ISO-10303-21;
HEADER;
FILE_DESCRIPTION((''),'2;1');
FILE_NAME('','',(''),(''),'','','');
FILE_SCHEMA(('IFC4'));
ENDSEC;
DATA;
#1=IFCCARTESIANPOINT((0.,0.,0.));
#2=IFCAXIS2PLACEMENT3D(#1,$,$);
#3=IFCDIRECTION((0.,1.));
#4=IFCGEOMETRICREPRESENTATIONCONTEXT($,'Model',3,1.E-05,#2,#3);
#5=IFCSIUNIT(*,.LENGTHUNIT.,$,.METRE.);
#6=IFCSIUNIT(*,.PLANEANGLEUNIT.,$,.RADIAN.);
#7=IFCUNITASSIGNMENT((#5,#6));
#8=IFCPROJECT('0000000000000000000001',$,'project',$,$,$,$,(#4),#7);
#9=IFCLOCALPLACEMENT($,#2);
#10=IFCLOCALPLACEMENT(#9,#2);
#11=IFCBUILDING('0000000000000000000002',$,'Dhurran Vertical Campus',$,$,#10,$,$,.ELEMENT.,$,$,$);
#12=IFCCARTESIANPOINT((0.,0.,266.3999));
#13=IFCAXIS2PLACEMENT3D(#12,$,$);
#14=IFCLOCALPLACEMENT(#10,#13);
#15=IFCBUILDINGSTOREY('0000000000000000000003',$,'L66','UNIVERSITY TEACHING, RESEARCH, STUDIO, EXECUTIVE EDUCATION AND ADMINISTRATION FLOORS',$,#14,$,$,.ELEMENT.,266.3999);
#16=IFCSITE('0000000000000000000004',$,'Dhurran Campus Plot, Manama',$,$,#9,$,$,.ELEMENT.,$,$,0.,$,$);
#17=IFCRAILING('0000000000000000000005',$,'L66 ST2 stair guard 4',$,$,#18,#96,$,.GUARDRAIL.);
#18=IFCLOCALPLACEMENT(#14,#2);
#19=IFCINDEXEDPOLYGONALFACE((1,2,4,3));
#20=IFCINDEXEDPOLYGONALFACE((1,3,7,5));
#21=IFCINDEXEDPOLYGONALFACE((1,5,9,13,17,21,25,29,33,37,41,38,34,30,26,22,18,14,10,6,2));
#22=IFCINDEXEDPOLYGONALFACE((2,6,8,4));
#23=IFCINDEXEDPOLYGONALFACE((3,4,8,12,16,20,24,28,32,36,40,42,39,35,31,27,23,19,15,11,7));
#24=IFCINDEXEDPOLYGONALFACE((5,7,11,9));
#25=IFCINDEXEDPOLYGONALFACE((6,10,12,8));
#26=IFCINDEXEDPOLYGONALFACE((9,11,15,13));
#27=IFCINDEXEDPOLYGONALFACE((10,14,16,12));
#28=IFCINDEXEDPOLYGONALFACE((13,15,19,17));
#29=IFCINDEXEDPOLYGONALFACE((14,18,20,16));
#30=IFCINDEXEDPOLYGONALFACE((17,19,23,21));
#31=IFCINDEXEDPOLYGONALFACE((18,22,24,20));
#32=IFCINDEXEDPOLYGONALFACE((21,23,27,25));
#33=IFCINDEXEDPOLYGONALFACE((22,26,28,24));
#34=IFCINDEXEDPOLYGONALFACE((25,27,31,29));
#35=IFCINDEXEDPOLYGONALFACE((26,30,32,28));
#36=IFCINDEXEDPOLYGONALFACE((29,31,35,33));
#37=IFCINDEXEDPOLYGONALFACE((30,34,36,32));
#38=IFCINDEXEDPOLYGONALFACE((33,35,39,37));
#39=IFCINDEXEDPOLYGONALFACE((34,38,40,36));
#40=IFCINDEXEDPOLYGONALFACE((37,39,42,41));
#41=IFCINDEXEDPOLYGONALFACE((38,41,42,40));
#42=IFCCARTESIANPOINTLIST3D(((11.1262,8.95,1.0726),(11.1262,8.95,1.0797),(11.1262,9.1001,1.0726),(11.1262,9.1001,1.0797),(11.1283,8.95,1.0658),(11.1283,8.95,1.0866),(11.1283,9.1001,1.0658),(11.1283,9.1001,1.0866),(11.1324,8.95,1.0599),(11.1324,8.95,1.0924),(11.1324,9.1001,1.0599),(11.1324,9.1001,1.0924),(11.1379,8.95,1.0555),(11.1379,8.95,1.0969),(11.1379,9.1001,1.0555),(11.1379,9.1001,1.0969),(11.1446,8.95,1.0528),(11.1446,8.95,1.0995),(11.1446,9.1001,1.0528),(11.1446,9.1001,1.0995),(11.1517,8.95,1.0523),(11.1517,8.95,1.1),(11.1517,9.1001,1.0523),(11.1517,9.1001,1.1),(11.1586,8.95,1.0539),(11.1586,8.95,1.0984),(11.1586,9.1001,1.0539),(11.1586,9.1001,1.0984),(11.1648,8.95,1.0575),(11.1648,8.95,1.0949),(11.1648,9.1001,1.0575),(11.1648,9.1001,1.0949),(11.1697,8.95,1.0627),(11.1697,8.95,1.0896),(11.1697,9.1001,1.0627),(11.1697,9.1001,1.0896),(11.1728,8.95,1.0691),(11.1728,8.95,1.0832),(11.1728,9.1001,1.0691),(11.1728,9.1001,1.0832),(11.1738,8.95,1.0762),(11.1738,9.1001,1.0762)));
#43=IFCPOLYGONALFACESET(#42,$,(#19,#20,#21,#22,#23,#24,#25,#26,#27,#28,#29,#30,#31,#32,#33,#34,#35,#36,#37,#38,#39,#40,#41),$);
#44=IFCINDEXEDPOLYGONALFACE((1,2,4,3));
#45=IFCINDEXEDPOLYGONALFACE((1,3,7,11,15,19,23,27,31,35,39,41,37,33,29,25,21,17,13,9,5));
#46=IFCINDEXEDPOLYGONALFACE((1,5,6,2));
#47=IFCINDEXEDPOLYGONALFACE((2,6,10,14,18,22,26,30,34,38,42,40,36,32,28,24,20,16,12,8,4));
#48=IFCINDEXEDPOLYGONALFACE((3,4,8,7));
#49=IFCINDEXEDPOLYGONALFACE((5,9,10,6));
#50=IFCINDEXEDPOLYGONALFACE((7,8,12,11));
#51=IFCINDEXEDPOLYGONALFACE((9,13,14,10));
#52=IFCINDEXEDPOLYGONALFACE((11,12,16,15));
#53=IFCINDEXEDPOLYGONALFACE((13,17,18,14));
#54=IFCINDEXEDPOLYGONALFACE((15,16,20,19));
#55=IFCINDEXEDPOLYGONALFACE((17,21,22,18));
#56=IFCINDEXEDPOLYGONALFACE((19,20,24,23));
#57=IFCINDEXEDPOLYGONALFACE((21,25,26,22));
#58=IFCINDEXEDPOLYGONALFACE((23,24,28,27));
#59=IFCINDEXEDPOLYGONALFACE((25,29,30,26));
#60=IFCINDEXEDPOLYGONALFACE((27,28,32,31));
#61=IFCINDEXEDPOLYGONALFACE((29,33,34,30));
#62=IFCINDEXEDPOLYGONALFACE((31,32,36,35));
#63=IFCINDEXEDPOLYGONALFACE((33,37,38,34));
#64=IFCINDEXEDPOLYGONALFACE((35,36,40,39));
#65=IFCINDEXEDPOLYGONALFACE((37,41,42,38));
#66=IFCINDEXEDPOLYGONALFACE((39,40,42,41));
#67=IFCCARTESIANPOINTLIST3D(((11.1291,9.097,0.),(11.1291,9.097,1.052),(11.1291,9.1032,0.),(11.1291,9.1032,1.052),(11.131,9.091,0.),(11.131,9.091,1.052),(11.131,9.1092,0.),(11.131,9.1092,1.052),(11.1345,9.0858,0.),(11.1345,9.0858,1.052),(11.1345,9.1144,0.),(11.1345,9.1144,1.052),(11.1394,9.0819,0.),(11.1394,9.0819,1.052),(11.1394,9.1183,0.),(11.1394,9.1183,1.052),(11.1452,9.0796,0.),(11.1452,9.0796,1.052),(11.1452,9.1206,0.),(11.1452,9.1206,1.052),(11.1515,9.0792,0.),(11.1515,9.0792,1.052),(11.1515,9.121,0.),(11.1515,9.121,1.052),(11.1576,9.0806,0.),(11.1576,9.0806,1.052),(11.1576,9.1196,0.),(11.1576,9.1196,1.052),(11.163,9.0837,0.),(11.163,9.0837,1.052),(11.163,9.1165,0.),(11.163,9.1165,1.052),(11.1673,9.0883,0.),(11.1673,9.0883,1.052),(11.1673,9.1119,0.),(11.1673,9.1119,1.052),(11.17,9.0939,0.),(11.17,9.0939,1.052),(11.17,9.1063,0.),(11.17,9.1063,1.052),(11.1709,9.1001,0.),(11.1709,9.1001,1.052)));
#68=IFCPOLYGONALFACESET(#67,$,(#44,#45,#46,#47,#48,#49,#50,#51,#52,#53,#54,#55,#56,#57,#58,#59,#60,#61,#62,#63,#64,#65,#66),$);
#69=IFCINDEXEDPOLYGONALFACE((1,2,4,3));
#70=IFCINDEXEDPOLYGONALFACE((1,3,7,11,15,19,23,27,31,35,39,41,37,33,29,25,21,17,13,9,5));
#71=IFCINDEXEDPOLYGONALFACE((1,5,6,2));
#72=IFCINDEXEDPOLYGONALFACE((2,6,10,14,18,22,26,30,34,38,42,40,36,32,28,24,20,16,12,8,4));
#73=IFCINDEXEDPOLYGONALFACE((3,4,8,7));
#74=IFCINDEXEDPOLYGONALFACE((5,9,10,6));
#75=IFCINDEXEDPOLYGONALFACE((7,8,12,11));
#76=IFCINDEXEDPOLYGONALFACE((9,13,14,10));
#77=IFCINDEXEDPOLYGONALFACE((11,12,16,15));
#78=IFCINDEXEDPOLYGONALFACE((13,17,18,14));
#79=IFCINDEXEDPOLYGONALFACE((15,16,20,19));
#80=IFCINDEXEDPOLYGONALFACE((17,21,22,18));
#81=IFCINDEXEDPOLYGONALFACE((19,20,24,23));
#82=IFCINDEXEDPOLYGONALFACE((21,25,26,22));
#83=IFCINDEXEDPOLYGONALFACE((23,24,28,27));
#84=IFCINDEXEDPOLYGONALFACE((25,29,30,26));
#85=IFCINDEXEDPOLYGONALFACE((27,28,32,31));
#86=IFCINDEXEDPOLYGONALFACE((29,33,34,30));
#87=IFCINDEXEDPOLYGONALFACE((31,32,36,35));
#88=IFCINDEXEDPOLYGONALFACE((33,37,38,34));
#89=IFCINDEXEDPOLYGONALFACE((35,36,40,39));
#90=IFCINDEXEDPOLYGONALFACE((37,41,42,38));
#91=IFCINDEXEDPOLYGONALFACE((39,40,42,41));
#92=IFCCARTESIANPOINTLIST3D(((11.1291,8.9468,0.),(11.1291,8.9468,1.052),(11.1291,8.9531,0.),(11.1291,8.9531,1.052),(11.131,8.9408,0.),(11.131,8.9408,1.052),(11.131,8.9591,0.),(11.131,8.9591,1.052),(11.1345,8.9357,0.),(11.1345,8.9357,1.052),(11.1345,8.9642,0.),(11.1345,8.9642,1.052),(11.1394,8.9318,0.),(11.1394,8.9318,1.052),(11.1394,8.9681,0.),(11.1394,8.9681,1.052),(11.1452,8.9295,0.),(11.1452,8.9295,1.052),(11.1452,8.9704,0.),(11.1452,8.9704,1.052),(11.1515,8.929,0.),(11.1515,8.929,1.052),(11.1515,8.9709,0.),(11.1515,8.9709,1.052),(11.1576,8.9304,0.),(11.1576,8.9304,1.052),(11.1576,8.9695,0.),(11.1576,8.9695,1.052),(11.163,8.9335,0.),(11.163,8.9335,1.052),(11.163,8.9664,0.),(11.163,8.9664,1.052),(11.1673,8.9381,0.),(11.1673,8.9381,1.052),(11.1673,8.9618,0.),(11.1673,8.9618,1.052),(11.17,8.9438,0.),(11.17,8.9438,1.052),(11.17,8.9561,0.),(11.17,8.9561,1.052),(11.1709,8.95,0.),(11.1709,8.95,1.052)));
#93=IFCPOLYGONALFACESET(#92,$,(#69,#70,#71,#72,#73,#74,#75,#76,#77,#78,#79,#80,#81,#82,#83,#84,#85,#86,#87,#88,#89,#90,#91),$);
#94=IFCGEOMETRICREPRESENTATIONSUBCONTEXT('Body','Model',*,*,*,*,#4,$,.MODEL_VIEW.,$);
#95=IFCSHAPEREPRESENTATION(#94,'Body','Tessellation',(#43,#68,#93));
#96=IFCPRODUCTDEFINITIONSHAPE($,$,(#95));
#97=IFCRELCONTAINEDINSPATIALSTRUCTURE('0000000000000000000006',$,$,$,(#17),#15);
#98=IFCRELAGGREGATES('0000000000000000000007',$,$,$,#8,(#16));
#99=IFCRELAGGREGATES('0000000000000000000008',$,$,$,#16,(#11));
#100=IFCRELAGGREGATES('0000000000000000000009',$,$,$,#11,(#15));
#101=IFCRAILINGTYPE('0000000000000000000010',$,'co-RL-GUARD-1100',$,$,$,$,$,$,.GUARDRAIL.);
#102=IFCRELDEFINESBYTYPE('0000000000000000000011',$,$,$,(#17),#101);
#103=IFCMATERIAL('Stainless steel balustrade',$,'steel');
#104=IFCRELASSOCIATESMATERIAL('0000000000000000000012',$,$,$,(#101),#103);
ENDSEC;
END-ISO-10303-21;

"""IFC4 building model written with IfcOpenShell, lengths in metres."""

from ifc_helpers import new_model, si_unit, direction, frame, origin, origin_2d, place, context, subcontext, project, spatial, circle, extrude, material, type_object, element, save


model = new_model("IFC4")

# Units and contexts
model_context = context("Model", 3, precision=1e-05, world=origin(), true_north=direction((0.0, 1.0)))
body_context = subcontext(model_context, "Body", "Model", "MODEL_VIEW")
ifc_project = project(units=[si_unit("LENGTHUNIT", "METRE"), si_unit("PLANEANGLEUNIT", "RADIAN")], contexts=[model_context])

# Site, building, storey
site_placement = place(None, origin())
site = spatial("IfcSite", under=ifc_project, at=site_placement, Name="Dhurran Campus Plot, Manama", CompositionType="ELEMENT", RefElevation=0.0)
building_placement = place(site_placement, origin())
building = spatial("IfcBuilding", under=site, at=building_placement, Name="Dhurran Vertical Campus", CompositionType="ELEMENT")
storey_placement = place(building_placement, frame((0.0, 0.0, 266.3999)))
storey = spatial("IfcBuildingStorey", under=building, at=storey_placement, Name="L66", Description="UNIVERSITY TEACHING, RESEARCH, STUDIO, EXECUTIVE EDUCATION AND ADMINISTRATION FLOORS", CompositionType="ELEMENT", Elevation=266.3999)

# Railing
ifc_material_1 = material(Name="Stainless steel balustrade", Category="steel")
railing_type_1 = type_object("IfcRailingType", Name="co-RL-GUARD-1100", PredefinedType="GUARDRAIL", material=ifc_material_1)
railing_1_placement = place(storey_placement, frame((11.1499, 9.1001, 0.0)))
element("IfcRailing", 1, at=railing_1_placement, inside=storey, type_object=railing_type_1, Name="L66 ST2 stair guard 4", PredefinedType="GUARDRAIL", context=body_context, shape_type="SweptSolid", body=[
    extrude(circle(Radius=0.0239, at=origin_2d()), frame((0.0, 0.0, 1.0762), z_axis=(0.0, -1.0, 0.0), x_axis=(1.0, 0.0, 0.0)), (0.0, 0.0, 1.0), 0.1501),
    extrude(circle(Radius=0.021, at=origin_2d()), origin(), (0.0, 0.0, 1.0), 1.052),
    extrude(circle(Radius=0.021, at=origin_2d()), frame((0.0, -0.1501, 0.0)), (0.0, 0.0, 1.0), 1.052),
])

save(model, "model.ifc")
